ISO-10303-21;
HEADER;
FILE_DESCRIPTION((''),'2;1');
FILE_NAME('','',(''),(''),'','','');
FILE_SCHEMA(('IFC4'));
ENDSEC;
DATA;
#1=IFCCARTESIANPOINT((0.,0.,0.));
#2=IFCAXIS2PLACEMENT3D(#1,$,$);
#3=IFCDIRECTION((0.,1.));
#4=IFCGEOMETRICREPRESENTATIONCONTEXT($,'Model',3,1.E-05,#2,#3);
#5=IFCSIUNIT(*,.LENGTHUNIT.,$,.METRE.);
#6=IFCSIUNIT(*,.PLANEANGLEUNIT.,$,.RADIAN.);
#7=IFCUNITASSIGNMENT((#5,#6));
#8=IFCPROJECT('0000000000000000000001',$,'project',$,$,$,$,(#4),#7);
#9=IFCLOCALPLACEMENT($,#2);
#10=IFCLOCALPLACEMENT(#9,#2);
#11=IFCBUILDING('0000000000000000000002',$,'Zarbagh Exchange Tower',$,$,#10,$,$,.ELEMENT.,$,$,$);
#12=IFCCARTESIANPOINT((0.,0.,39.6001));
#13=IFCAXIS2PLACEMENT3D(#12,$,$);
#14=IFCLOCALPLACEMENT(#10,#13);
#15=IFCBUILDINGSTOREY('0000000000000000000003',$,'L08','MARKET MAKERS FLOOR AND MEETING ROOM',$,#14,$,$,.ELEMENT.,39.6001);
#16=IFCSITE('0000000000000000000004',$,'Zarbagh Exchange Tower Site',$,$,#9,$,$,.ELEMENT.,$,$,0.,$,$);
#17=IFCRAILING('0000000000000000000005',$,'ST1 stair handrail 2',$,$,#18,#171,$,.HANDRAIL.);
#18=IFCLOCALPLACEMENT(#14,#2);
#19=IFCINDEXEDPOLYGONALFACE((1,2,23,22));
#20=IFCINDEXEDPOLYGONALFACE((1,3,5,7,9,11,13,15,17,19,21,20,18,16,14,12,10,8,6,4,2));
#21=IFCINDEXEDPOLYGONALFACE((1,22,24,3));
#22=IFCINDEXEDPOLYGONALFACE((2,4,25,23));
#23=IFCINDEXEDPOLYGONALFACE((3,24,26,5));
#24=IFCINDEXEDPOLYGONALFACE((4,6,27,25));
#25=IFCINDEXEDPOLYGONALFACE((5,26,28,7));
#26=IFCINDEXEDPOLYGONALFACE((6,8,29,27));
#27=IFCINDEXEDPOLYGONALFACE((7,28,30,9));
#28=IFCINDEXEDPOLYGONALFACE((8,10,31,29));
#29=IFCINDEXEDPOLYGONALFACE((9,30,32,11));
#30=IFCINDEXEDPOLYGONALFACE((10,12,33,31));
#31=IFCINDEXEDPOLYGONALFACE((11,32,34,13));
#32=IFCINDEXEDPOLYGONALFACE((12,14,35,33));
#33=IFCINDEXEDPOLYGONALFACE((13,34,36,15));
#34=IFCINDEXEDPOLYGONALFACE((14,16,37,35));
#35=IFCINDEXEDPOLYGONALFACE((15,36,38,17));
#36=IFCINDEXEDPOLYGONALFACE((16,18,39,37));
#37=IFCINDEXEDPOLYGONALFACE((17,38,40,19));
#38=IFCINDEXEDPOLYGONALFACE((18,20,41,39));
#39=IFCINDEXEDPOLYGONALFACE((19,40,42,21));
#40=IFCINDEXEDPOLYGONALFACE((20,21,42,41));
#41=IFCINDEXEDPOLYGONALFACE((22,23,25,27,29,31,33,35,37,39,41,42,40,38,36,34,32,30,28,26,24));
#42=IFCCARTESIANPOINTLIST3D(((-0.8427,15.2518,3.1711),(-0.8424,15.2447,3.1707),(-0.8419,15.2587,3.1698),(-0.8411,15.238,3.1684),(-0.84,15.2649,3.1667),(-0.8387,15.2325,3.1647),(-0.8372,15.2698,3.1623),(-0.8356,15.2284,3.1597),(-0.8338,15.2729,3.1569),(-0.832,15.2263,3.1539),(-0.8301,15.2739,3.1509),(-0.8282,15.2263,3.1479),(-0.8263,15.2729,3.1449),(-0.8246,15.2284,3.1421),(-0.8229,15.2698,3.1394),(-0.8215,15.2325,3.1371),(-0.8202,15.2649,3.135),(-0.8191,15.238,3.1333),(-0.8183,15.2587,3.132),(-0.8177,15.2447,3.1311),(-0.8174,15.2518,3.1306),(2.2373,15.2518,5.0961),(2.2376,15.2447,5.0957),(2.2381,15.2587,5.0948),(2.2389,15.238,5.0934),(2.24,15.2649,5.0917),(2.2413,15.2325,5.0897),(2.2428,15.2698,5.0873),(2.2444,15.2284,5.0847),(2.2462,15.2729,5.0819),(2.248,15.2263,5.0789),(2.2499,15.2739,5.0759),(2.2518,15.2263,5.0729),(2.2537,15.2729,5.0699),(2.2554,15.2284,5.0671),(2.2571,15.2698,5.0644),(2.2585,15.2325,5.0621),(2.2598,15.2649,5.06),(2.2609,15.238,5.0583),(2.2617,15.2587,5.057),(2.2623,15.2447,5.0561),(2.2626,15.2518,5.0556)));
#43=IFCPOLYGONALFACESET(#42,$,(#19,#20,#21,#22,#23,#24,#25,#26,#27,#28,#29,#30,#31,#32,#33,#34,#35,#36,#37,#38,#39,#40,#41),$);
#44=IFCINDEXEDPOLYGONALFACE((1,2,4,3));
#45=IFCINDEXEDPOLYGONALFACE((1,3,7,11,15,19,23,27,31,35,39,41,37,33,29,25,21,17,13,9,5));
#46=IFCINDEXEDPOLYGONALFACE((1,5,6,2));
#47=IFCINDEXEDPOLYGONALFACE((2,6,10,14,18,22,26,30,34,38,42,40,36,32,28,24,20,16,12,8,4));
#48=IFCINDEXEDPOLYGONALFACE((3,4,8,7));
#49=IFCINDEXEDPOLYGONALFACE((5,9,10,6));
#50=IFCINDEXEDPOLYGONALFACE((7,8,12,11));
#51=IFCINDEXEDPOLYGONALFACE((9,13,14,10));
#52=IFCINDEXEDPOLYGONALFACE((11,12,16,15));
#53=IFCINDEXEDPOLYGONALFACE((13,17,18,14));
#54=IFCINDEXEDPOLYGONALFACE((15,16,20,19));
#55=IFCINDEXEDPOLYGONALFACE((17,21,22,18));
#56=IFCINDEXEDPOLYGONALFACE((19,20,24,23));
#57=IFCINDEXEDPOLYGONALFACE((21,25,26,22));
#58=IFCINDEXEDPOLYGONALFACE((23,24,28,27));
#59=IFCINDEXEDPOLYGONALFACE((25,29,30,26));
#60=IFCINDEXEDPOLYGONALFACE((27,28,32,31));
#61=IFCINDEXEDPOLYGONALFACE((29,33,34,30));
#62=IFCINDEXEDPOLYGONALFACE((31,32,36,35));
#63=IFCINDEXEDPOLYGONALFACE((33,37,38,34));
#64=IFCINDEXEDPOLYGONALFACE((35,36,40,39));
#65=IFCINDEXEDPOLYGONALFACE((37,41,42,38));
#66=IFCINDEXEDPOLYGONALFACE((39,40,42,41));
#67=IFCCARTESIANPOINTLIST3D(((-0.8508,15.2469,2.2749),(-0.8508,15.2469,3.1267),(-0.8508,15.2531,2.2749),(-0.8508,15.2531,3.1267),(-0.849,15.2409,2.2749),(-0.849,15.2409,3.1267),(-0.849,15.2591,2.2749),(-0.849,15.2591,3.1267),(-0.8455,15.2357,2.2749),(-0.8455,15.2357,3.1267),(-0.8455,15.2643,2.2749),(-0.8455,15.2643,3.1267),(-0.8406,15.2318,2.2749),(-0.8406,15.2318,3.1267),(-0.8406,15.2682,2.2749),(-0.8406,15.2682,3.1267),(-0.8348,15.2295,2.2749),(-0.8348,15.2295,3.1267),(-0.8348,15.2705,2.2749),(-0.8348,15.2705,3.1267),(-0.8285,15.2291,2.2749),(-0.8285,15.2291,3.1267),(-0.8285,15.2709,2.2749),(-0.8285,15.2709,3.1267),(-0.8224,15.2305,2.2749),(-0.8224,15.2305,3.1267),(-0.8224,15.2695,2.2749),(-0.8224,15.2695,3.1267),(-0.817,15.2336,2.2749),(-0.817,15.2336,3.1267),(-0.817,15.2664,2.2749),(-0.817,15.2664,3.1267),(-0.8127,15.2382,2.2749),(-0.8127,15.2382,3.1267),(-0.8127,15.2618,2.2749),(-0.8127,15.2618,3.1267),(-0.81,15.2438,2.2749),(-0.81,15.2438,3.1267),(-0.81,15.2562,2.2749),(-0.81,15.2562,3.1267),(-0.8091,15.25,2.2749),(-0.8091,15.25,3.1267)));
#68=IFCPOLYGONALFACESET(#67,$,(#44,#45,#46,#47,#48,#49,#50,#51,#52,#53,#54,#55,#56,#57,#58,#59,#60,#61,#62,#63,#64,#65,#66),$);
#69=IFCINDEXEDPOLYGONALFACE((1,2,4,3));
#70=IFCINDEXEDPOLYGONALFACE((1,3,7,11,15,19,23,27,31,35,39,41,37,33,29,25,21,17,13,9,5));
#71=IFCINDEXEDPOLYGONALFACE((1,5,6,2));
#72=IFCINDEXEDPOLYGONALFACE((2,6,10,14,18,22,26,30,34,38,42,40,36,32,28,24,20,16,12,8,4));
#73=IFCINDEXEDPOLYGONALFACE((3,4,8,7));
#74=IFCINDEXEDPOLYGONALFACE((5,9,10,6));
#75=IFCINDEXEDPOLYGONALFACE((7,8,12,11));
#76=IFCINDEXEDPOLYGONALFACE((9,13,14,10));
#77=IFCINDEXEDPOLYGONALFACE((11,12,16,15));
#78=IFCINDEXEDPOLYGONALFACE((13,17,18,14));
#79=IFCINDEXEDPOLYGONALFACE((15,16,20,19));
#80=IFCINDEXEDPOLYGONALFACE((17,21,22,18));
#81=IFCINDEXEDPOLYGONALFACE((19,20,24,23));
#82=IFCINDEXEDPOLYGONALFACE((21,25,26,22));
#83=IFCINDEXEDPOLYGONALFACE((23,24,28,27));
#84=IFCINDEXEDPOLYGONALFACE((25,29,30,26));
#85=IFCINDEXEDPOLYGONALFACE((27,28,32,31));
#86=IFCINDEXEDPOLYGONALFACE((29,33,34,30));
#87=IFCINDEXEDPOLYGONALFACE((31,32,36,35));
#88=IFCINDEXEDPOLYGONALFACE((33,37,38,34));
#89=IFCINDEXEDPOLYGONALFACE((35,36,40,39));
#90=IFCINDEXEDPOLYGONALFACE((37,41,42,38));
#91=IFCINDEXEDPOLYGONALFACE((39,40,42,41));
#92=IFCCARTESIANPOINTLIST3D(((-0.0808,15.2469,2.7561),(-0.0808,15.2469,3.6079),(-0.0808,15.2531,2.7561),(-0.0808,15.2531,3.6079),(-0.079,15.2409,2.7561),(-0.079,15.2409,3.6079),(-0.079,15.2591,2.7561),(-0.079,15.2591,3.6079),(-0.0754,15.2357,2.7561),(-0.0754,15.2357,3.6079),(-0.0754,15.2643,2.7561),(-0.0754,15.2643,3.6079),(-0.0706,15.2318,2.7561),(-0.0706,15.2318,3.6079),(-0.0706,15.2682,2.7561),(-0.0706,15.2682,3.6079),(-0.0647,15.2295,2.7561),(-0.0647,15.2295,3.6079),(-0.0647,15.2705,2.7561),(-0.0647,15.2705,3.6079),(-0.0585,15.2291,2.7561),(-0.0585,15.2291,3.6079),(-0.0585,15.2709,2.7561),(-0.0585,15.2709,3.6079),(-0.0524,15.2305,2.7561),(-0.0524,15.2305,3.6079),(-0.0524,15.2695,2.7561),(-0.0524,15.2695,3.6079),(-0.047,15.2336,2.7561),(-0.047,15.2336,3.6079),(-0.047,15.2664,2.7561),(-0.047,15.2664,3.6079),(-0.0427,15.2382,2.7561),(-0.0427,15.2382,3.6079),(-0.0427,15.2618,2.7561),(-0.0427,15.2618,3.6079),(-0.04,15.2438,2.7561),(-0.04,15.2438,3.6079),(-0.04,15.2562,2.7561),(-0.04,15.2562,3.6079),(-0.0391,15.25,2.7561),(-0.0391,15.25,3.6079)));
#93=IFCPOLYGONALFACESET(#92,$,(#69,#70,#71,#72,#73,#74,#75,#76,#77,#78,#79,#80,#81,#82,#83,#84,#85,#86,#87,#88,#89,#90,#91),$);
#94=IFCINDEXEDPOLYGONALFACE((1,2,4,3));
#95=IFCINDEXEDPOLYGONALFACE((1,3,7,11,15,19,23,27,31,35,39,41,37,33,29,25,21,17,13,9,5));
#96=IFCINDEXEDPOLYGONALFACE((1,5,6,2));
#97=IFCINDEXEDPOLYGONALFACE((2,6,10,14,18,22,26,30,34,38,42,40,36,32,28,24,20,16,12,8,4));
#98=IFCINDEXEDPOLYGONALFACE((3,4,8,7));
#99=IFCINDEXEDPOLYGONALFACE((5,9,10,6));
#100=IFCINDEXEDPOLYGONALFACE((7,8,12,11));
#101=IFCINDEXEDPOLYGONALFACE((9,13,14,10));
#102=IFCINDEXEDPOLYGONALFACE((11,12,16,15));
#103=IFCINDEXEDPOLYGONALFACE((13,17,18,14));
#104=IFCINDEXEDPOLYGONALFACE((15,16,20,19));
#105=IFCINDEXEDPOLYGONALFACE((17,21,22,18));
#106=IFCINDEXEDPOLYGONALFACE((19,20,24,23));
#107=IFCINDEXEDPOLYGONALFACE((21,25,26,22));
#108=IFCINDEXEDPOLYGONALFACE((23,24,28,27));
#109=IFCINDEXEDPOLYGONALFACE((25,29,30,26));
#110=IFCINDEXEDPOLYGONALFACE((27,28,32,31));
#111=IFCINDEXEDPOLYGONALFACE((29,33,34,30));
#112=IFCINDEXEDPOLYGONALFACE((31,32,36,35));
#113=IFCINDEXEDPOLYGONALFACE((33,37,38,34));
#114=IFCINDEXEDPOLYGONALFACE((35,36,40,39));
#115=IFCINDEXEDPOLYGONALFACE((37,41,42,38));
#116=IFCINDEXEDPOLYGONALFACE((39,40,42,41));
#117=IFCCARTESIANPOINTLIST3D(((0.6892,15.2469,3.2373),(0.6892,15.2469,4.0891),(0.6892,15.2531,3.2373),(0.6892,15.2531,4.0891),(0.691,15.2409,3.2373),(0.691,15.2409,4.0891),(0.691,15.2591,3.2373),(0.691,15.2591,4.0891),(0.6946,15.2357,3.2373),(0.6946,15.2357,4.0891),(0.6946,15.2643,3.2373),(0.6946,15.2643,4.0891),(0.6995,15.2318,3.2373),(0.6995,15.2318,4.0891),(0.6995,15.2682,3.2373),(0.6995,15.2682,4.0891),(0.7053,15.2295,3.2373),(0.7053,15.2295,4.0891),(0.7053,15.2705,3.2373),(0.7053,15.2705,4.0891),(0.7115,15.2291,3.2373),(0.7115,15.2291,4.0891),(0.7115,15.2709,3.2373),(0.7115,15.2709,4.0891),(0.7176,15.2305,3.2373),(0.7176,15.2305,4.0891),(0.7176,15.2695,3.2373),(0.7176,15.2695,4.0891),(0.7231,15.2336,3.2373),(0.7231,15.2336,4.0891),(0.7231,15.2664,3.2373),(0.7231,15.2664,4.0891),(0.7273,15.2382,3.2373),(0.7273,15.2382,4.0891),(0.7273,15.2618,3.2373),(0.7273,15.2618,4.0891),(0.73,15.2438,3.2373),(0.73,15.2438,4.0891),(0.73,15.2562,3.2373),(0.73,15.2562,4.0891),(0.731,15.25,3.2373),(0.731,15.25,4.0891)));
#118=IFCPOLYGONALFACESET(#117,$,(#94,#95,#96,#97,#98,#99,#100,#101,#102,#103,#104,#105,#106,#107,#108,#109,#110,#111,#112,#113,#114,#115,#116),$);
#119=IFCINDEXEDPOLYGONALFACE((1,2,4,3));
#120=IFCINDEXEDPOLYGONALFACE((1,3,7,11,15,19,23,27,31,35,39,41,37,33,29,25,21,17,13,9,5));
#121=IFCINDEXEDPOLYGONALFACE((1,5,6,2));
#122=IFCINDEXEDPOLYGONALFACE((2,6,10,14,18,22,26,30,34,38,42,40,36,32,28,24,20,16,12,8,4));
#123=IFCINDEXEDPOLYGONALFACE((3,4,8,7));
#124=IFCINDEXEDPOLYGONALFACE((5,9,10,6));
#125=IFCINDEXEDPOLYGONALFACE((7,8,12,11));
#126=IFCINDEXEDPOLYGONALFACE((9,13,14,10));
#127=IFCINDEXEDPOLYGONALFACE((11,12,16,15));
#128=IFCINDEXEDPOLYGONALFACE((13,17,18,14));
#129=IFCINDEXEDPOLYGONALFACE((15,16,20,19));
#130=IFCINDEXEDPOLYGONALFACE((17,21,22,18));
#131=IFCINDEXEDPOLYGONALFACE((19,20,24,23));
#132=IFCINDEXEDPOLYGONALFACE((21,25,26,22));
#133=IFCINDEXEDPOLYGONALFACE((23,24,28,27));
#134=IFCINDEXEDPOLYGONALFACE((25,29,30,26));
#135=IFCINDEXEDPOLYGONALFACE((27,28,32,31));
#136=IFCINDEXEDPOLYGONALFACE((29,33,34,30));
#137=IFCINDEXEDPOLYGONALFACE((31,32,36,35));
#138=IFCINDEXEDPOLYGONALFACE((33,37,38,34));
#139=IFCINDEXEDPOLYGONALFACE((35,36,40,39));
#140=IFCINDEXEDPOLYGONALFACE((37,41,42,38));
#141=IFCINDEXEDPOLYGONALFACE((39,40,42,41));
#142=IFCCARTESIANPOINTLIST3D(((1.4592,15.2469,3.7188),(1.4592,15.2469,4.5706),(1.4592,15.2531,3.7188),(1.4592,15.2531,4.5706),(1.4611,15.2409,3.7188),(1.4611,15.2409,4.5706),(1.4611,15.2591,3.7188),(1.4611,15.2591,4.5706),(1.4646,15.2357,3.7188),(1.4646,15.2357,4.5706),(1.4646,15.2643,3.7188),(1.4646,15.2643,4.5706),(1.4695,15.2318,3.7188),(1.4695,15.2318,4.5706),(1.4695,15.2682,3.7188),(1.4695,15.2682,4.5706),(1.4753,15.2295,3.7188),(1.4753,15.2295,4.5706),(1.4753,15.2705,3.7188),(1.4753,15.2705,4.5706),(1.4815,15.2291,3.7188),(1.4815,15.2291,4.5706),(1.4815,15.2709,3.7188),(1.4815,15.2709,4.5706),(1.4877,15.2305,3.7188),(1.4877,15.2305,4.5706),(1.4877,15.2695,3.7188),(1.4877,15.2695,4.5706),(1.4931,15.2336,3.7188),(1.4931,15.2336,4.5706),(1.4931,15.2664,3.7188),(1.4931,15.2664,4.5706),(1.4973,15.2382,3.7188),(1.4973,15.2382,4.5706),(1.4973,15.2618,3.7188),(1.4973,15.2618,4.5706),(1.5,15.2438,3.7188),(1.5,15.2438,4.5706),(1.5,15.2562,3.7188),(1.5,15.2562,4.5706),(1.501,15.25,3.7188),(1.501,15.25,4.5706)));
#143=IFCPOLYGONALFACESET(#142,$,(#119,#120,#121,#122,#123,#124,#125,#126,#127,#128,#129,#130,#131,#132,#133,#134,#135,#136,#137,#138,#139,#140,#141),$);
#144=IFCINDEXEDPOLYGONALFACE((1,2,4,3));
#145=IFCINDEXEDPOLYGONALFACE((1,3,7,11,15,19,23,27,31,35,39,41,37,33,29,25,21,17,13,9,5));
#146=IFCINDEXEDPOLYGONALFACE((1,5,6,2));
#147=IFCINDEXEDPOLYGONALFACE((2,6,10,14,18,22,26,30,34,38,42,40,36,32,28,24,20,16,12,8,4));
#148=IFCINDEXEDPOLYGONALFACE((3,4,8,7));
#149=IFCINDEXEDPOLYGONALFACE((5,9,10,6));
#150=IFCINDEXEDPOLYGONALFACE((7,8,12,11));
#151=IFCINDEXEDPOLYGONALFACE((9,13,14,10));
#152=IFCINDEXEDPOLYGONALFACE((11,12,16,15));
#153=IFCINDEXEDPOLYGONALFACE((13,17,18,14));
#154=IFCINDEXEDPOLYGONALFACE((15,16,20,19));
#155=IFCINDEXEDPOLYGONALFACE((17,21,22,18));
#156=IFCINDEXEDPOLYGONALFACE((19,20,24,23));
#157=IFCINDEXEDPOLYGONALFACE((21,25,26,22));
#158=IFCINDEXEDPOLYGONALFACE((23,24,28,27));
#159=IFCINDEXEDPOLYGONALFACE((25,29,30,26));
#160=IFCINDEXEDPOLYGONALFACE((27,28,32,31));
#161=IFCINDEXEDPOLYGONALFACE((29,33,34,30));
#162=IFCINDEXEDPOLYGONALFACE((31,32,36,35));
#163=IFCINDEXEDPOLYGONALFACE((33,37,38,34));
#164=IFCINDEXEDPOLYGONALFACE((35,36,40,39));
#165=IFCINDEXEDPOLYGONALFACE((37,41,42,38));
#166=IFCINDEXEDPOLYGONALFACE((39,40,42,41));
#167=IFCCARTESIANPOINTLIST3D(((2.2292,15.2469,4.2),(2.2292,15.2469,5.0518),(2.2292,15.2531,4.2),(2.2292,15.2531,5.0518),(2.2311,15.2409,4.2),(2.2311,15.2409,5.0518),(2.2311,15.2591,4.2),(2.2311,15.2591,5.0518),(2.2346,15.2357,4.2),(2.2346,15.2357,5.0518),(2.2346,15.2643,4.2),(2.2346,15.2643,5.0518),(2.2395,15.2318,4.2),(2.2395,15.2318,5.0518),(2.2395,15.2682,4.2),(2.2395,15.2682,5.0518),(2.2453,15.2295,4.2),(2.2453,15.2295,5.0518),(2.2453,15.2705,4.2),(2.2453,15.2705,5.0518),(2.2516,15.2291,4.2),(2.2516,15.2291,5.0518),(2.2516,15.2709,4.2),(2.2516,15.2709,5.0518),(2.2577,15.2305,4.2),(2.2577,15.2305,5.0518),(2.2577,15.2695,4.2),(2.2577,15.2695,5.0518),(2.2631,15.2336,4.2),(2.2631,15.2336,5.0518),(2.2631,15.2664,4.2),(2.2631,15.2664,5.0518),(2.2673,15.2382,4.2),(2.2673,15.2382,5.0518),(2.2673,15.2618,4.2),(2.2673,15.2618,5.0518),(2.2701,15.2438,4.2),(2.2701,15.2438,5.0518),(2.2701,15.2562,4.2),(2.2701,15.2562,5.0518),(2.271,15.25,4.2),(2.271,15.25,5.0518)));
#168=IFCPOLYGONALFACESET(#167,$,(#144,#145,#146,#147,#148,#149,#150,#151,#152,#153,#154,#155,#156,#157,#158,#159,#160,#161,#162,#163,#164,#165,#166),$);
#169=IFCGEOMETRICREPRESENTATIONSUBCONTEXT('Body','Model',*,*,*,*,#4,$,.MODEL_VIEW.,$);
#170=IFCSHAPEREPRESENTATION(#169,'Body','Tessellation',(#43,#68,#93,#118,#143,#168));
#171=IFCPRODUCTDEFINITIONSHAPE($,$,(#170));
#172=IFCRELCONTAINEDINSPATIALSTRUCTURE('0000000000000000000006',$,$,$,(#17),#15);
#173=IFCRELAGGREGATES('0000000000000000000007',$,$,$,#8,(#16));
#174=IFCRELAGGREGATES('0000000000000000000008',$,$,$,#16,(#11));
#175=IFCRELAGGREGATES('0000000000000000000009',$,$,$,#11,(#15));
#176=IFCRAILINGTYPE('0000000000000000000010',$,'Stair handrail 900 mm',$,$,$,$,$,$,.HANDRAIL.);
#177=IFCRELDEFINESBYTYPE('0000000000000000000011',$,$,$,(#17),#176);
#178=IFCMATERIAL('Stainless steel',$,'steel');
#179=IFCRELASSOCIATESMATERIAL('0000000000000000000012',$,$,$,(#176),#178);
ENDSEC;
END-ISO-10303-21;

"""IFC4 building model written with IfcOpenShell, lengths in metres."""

from ifc_helpers import new_model, si_unit, direction, frame, origin, origin_2d, place, context, subcontext, project, spatial, circle, extrude, material, type_object, element, save


model = new_model("IFC4")

# Units and contexts
model_context = context("Model", 3, precision=1e-05, world=origin(), true_north=direction((0.0, 1.0)))
body_context = subcontext(model_context, "Body", "Model", "MODEL_VIEW")
ifc_project = project(units=[si_unit("LENGTHUNIT", "METRE"), si_unit("PLANEANGLEUNIT", "RADIAN")], contexts=[model_context])

# Site, building, storey
site_placement = place(None, origin())
site = spatial("IfcSite", under=ifc_project, at=site_placement, Name="Zarbagh Exchange Tower Site", CompositionType="ELEMENT", RefElevation=0.0)
building_placement = place(site_placement, origin())
building = spatial("IfcBuilding", under=site, at=building_placement, Name="Zarbagh Exchange Tower", CompositionType="ELEMENT")
storey_placement = place(building_placement, frame((0.0, 0.0, 39.6001)))
storey = spatial("IfcBuildingStorey", under=building, at=storey_placement, Name="L08", Description="MARKET MAKERS FLOOR AND MEETING ROOM", CompositionType="ELEMENT", Elevation=39.6001)

# Shared definitions
ifc_material_1 = material(Name="Stainless steel", Category="steel")

# Railing
railing_type_1 = type_object("IfcRailingType", Name="Stair handrail 900 mm", PredefinedType="HANDRAIL", material=ifc_material_1)
railing_1_placement = place(storey_placement, frame((-0.8301, 15.25, 2.2749)))
element("IfcRailing", 1, at=railing_1_placement, inside=storey, type_object=railing_type_1, Name="ST1 stair handrail 2", PredefinedType="HANDRAIL", context=body_context, shape_type="SweptSolid", body=[
    extrude(circle(Radius=0.0239, at=origin_2d()), frame((0.0, 0.0, 0.876), z_axis=(0.847998, 0.0, 0.529999), x_axis=(0.0, 1.0, 0.0)), (0.0, 0.0, 1.0), 3.6321),
    extrude(circle(Radius=0.021, at=origin_2d()), origin(), (0.0, 0.0, 1.0), 0.8518),
    extrude(circle(Radius=0.021, at=origin_2d()), frame((0.77, 0.0, 0.4812)), (0.0, 0.0, 1.0), 0.8518),
    extrude(circle(Radius=0.021, at=origin_2d()), frame((1.54, 0.0, 0.9624)), (0.0, 0.0, 1.0), 0.8518),
    extrude(circle(Radius=0.021, at=origin_2d()), frame((2.3101, 0.0, 1.4438)), (0.0, 0.0, 1.0), 0.8518),
    extrude(circle(Radius=0.021, at=origin_2d()), frame((3.0801, 0.0, 1.925)), (0.0, 0.0, 1.0), 0.8518),
])

save(model, "model.ifc")
